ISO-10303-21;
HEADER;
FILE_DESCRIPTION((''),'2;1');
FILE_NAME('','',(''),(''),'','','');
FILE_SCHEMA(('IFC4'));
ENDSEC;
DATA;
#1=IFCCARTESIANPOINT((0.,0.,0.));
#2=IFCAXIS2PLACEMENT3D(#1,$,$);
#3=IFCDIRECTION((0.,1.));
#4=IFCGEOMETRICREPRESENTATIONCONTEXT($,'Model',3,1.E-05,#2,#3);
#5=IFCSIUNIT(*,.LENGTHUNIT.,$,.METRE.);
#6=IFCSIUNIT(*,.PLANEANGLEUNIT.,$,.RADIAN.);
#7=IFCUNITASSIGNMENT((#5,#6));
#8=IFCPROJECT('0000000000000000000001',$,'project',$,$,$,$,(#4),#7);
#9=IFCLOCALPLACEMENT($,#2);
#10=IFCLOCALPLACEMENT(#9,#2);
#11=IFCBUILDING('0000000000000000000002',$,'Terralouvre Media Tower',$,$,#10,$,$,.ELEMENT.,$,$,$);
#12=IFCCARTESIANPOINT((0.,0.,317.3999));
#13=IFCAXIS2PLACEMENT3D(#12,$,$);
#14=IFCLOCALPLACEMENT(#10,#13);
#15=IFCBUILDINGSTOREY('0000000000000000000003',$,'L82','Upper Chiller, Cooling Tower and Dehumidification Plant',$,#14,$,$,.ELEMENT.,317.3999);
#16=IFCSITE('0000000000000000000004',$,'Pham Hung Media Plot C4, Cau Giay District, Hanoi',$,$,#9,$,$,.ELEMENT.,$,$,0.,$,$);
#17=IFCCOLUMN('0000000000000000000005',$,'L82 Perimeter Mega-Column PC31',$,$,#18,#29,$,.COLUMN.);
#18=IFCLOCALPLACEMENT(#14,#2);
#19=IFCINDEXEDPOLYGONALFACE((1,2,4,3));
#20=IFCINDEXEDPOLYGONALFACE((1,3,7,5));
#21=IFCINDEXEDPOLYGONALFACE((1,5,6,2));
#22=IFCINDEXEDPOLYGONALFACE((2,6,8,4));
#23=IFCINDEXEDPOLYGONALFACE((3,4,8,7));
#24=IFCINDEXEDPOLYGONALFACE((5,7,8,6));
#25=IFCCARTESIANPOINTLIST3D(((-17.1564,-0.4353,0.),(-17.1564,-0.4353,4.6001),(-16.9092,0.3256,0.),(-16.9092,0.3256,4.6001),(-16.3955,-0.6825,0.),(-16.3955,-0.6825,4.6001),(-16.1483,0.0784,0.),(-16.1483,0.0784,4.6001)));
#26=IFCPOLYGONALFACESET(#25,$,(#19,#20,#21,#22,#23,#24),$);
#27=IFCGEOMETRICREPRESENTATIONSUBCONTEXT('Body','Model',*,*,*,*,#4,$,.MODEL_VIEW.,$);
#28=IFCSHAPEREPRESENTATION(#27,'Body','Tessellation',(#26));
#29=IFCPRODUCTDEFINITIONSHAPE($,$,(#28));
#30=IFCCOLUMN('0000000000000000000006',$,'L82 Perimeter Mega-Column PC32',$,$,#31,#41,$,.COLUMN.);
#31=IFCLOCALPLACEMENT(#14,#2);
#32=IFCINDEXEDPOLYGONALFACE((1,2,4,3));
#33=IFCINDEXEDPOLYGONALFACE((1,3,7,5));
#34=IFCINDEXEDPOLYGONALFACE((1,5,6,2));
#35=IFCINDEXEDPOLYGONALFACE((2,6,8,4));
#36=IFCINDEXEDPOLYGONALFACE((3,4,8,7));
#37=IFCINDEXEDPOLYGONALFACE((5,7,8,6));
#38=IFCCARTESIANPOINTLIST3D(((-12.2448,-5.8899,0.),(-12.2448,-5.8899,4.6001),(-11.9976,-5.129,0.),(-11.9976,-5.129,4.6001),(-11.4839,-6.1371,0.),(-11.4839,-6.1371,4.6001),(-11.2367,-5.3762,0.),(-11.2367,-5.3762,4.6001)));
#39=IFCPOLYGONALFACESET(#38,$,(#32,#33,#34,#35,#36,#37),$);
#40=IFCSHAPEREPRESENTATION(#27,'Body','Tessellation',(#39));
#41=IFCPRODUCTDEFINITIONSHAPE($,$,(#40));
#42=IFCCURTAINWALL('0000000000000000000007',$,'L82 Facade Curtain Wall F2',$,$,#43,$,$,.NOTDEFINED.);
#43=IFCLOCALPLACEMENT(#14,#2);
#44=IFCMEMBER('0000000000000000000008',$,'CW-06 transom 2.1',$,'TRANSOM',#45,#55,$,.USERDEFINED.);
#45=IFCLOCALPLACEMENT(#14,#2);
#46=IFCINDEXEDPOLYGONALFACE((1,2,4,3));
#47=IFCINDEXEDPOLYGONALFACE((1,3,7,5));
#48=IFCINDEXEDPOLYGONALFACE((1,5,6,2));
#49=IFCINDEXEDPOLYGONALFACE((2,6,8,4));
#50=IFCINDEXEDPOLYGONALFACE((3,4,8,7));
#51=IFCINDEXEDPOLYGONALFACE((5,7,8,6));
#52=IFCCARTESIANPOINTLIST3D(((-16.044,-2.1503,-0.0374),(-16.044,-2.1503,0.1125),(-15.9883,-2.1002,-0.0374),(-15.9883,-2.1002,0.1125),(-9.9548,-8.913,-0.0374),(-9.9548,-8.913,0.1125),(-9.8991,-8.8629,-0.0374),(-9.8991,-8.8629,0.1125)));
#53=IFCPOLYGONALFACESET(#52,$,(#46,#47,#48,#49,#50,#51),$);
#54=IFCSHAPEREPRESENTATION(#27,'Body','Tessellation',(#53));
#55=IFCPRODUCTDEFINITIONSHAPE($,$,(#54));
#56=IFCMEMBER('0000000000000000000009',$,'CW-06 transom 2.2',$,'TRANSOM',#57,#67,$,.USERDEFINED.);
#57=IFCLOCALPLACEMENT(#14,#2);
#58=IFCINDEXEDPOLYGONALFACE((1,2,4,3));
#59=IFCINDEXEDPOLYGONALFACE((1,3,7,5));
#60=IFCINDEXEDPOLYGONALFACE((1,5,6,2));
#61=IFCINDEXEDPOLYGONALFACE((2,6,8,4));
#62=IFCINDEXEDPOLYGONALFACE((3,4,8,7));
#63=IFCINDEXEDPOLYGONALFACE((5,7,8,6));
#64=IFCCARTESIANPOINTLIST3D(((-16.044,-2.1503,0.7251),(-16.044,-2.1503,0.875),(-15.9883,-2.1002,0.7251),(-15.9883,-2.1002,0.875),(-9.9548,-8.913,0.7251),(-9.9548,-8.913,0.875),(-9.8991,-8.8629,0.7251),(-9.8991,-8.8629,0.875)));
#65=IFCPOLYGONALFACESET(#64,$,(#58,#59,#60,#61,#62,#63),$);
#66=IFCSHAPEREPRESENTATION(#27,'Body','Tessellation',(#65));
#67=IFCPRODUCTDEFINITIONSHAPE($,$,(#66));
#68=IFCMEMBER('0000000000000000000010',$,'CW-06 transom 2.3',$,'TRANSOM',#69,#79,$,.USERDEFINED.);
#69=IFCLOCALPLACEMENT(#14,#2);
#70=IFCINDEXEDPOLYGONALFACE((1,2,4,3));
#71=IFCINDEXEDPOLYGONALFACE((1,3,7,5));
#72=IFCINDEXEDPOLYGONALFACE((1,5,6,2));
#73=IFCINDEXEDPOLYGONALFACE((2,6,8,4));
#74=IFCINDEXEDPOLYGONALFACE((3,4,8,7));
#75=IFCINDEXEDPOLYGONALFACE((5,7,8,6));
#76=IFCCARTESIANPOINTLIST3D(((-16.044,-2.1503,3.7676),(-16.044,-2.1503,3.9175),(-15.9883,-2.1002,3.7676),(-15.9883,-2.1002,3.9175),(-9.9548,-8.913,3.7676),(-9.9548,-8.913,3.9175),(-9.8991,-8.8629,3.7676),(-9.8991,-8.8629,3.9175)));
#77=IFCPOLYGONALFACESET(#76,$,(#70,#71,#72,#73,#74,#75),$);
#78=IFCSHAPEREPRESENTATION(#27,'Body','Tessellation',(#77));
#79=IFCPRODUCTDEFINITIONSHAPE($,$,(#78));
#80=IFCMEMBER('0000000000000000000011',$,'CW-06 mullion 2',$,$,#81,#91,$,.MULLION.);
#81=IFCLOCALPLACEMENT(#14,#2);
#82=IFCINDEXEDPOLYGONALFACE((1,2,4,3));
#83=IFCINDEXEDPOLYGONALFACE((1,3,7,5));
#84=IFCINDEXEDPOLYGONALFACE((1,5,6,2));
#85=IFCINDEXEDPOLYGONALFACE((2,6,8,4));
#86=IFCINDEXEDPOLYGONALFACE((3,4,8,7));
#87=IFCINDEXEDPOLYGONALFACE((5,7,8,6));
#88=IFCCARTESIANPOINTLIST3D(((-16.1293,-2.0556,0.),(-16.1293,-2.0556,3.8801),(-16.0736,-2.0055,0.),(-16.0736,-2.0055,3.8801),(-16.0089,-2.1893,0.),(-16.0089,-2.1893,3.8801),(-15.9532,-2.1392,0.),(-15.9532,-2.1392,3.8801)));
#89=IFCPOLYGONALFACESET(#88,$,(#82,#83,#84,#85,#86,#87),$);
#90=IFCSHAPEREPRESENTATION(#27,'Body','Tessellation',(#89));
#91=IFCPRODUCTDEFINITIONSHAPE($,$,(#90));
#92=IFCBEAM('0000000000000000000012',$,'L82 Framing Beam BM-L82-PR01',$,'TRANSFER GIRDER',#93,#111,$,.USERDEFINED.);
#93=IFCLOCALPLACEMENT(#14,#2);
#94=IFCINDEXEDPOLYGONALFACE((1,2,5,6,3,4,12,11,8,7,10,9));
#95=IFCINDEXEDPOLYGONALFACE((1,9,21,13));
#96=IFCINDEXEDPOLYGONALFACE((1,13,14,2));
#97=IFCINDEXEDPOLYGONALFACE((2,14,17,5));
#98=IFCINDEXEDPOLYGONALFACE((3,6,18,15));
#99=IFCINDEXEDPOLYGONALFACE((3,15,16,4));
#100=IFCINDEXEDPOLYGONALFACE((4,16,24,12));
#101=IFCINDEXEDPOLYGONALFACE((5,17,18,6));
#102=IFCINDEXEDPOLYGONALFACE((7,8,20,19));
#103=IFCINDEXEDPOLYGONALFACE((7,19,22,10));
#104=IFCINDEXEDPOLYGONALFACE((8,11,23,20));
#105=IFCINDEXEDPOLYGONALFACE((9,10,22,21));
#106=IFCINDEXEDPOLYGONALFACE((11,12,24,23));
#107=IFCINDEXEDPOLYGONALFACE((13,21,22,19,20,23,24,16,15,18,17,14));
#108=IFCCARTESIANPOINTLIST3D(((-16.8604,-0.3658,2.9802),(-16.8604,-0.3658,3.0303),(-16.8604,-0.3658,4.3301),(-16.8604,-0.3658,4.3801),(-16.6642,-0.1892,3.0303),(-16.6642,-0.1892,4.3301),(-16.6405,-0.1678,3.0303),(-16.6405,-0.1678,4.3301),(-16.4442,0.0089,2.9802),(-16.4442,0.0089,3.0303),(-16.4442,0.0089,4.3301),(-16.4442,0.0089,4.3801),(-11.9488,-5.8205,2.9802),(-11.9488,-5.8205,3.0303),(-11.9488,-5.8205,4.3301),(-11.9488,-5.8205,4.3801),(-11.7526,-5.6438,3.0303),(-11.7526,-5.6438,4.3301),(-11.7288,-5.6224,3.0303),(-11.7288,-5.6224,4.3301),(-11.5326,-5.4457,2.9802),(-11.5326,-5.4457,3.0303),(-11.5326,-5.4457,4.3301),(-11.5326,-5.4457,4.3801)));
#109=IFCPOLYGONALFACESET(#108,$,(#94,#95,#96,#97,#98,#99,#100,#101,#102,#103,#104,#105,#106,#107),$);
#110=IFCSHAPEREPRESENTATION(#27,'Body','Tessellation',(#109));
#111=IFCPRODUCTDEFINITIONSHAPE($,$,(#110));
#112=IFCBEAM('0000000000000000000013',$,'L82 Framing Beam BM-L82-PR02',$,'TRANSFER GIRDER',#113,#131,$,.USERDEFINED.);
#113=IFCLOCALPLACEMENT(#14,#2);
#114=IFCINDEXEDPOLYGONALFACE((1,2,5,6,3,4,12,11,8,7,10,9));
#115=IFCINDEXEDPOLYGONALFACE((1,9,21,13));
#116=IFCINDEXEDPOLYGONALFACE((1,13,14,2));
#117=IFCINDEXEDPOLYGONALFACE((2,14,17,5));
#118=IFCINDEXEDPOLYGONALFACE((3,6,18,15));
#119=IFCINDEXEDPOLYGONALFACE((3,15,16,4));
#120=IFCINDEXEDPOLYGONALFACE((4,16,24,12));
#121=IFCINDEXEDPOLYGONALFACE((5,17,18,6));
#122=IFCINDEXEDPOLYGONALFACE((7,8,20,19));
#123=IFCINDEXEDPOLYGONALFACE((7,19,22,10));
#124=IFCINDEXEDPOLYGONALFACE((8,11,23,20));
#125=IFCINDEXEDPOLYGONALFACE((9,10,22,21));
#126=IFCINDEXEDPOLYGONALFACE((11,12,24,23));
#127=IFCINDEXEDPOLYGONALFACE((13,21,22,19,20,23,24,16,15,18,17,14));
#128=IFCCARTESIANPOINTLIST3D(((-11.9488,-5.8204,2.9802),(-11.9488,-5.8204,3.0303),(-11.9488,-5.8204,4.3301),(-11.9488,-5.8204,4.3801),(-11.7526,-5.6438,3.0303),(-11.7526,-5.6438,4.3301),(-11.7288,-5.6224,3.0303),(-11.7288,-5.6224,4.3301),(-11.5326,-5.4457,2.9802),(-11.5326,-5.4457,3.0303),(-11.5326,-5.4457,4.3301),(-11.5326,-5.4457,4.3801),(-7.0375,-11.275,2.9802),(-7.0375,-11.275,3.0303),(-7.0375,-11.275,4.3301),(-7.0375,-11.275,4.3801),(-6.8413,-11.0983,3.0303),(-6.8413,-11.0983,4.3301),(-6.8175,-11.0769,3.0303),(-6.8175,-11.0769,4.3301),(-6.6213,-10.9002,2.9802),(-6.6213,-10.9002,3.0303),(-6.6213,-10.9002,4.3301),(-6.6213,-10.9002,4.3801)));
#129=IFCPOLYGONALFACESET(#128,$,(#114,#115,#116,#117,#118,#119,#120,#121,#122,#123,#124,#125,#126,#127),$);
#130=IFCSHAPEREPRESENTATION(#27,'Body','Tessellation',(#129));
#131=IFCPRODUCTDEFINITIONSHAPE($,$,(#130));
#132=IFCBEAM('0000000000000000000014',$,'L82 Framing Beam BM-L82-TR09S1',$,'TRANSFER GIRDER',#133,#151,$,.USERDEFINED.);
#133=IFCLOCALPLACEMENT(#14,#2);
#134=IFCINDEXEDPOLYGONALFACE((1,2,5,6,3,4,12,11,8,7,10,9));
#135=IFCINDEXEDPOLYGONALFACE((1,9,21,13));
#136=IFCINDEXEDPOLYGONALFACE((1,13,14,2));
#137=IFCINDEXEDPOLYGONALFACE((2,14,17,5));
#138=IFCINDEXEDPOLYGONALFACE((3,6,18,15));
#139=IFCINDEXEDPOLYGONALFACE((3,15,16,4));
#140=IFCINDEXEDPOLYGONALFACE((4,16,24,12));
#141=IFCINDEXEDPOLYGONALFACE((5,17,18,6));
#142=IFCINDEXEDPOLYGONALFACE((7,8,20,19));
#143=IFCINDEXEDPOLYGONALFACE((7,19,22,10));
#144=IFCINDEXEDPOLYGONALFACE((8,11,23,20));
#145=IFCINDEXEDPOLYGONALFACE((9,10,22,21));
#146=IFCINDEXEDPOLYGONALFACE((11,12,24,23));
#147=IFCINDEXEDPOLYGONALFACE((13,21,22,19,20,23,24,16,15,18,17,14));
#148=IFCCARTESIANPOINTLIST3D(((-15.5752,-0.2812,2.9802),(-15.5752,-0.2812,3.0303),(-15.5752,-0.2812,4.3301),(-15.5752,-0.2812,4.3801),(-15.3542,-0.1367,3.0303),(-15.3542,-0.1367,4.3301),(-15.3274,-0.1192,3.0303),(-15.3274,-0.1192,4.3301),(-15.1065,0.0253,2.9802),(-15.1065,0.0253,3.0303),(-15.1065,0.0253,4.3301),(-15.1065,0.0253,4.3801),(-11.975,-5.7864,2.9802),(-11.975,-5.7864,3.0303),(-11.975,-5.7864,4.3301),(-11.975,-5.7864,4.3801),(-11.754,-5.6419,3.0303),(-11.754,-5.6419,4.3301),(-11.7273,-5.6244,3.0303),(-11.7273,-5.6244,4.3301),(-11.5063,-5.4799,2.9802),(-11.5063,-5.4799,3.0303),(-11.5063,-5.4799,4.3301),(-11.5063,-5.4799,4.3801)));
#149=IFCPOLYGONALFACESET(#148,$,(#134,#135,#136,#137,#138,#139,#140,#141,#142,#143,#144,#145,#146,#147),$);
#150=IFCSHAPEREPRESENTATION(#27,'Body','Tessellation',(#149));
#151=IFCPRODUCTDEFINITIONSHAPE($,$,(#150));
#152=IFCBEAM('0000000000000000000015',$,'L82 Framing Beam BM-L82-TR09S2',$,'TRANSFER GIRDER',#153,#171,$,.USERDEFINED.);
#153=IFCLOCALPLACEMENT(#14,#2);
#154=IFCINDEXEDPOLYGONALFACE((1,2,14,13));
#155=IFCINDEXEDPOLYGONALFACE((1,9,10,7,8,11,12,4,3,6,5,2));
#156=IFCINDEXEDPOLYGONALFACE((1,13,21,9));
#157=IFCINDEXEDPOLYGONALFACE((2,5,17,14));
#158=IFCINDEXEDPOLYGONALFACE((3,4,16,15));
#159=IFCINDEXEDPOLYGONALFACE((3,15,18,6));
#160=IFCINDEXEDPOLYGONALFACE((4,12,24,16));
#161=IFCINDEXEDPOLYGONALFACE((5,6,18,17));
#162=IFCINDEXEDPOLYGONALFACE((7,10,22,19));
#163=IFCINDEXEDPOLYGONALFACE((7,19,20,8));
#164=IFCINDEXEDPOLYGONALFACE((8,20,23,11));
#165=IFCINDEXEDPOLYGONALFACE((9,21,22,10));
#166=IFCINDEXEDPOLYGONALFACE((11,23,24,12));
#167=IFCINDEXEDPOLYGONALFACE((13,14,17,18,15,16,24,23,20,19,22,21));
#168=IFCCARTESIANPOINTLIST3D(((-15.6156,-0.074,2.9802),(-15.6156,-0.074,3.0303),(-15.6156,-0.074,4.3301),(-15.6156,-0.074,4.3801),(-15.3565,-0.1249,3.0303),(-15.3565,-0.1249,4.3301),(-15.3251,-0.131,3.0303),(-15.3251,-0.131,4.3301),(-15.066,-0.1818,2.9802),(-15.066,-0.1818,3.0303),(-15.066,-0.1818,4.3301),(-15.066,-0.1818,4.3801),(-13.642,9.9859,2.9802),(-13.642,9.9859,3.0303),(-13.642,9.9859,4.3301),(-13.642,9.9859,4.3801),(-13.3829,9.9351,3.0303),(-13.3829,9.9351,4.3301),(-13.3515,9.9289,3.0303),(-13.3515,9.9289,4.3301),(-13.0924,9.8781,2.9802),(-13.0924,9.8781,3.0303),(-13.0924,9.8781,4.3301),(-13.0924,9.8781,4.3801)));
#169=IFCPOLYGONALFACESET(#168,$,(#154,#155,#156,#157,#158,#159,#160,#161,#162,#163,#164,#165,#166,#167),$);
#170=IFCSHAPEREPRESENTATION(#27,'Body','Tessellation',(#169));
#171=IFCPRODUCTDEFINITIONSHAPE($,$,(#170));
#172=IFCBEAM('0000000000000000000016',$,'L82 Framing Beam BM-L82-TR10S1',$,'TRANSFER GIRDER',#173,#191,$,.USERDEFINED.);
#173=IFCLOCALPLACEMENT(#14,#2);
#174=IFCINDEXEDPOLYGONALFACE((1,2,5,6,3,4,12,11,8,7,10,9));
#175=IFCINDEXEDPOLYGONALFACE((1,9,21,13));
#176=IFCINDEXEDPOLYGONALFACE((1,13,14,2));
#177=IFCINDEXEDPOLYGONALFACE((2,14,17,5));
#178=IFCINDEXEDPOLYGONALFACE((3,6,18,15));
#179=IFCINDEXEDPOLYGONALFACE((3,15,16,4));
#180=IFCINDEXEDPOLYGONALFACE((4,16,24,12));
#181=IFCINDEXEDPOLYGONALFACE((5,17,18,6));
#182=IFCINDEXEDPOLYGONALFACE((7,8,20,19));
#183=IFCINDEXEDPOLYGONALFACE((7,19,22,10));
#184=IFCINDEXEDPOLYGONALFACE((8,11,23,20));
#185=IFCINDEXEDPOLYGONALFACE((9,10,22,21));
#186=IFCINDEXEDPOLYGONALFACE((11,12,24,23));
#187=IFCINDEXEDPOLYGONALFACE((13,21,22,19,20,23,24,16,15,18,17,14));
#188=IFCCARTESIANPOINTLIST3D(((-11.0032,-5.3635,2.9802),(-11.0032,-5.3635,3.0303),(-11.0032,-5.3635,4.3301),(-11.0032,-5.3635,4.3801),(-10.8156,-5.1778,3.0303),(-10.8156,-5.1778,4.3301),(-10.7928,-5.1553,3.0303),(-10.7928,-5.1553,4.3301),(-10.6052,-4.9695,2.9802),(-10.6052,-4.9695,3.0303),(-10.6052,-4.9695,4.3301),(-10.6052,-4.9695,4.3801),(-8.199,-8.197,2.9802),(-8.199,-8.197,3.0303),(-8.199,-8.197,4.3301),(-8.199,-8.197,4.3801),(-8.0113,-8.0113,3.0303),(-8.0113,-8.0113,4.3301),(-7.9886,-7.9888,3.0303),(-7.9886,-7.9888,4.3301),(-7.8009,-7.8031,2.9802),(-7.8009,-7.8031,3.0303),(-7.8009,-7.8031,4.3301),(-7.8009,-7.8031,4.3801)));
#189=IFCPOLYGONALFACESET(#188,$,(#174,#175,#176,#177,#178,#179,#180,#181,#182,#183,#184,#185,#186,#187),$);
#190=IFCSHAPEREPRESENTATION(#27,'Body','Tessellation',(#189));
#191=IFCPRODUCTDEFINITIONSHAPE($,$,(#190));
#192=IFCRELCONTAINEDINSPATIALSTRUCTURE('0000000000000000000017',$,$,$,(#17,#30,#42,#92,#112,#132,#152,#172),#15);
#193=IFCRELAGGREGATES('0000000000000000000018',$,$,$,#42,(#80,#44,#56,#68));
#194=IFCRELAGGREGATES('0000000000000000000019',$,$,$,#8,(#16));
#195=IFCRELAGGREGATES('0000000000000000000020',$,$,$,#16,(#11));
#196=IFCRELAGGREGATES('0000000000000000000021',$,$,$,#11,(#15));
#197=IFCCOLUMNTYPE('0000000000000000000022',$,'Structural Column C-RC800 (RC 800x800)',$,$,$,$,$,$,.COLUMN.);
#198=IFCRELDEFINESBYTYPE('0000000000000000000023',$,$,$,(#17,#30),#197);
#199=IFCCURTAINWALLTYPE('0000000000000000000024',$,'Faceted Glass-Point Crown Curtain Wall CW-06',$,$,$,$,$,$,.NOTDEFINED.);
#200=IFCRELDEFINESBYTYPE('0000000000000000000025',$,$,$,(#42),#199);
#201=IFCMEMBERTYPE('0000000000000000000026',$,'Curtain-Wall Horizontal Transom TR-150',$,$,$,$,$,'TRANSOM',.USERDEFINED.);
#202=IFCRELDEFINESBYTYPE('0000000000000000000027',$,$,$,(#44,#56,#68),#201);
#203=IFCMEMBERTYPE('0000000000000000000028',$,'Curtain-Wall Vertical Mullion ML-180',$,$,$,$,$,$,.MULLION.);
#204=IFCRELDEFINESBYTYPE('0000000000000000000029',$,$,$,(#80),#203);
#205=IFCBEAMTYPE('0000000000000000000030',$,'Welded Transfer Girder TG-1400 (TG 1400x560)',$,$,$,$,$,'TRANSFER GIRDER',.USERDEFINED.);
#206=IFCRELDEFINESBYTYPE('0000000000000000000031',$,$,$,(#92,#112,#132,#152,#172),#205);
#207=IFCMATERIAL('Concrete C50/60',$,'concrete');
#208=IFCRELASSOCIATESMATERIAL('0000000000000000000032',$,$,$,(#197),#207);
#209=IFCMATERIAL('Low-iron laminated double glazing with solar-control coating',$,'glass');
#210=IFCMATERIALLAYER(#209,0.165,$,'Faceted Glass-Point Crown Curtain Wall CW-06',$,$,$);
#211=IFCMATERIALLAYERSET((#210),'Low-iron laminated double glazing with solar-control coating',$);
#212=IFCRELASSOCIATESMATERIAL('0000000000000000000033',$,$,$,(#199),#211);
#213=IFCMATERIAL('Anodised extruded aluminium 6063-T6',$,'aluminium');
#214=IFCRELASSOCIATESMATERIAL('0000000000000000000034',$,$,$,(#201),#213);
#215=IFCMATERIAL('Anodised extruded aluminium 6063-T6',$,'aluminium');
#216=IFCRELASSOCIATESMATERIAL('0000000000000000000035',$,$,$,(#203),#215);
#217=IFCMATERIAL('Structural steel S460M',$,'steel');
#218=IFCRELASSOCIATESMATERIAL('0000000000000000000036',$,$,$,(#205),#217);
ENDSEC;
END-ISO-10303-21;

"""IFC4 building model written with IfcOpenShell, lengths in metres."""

from ifc_helpers import new_model, si_unit, direction, frame, origin, origin_2d, place, context, subcontext, project, spatial, rectangle, i_section, extrude, material, layer, layer_set, material_profile, profile_set, type_object, element, aggregate, save


model = new_model("IFC4")

# Units and contexts
model_context = context("Model", 3, precision=1e-05, world=origin(), true_north=direction((0.0, 1.0)))
body_context = subcontext(model_context, "Body", "Model", "MODEL_VIEW")
ifc_project = project(units=[si_unit("LENGTHUNIT", "METRE"), si_unit("PLANEANGLEUNIT", "RADIAN")], contexts=[model_context])

# Site, building, storey
site_placement = place(None, origin())
site = spatial("IfcSite", under=ifc_project, at=site_placement, Name="Pham Hung Media Plot C4, Cau Giay District, Hanoi", CompositionType="ELEMENT", RefElevation=0.0)
building_placement = place(site_placement, origin())
building = spatial("IfcBuilding", under=site, at=building_placement, Name="Terralouvre Media Tower", CompositionType="ELEMENT")
storey_placement = place(building_placement, frame((0.0, 0.0, 317.3999)))
storey = spatial("IfcBuildingStorey", under=building, at=storey_placement, Name="L82", Description="Upper Chiller, Cooling Tower and Dehumidification Plant", CompositionType="ELEMENT", Elevation=317.3999)

# Columns
ifc_material_1 = material(Name="Concrete C50/60", Category="concrete")
ifc_material_profile_1 = material_profile(ifc_material_1, rectangle(XDim=0.8, YDim=0.8, at=origin_2d()), Name="RC 800x800")
ifc_profile_set_1 = profile_set([ifc_material_profile_1], Name="Concrete C50/60")
column_type = type_object("IfcColumnType", Name="Structural Column C-RC800 (RC 800x800)", PredefinedType="COLUMN", material=ifc_profile_set_1)
for number, where, z_axis, x_axis, name in (
    (1, (-16.6523, -0.1785, 0.0), (0.0, 0.0, 1.0), (0.309017, 0.951057, 0.0), "L82 Perimeter Mega-Column PC31"),
    (2, (-11.7407, -5.6331, 0.0), (0.0, 0.0, 1.0), (0.309017, 0.951057, 0.0), "L82 Perimeter Mega-Column PC32"),
):
    element("IfcColumn", number, at=place(storey_placement, frame(where, z_axis=z_axis, x_axis=x_axis)), inside=storey, type_object=column_type, Name=name, PredefinedType="COLUMN", context=body_context, shape_type="SweptSolid", body=[
        extrude(rectangle(XDim=0.8, YDim=0.8, at=origin_2d()), origin(), (0.0, 0.0, 1.0), 4.6001),
    ])

# Curtain wall, members
ifc_material_2 = material(Name="Low-iron laminated double glazing with solar-control coating", Category="glass")
ifc_layer_1 = layer(ifc_material_2, 0.165, Name="Faceted Glass-Point Crown Curtain Wall CW-06")
ifc_layer_set_1 = layer_set([ifc_layer_1], Name="Low-iron laminated double glazing with solar-control coating")
curtain_wall_type = type_object("IfcCurtainWallType", Name="Faceted Glass-Point Crown Curtain Wall CW-06", PredefinedType="NOTDEFINED", material=ifc_layer_set_1)
curtain_wall_placement = place(storey_placement, origin())
curtain_wall = element("IfcCurtainWall", 3, at=curtain_wall_placement, inside=storey, type_object=curtain_wall_type, Name="L82 Facade Curtain Wall F2", PredefinedType="NOTDEFINED")
ifc_material_3 = material(Name="Anodised extruded aluminium 6063-T6", Category="aluminium")
ifc_material_profile_2 = material_profile(ifc_material_3, rectangle(XDim=0.075, YDim=0.1499, at=origin_2d()), Name="ALU 75x150")
ifc_profile_set_2 = profile_set([ifc_material_profile_2], Name="Anodised extruded aluminium 6063-T6")
member_type_1 = type_object("IfcMemberType", Name="Curtain-Wall Horizontal Transom TR-150", ElementType="TRANSOM", PredefinedType="USERDEFINED", material=ifc_profile_set_2)
member_1_placement = place(storey_placement, frame((-16.0161, -2.1252, 0.0376), z_axis=(0.669128, -0.743147, 0.0), x_axis=(0.743147, 0.669128, 0.0)))
member_1 = element("IfcMember", 4, at=member_1_placement, type_object=member_type_1, Name="CW-06 transom 2.1", ObjectType="TRANSOM", PredefinedType="USERDEFINED", context=body_context, shape_type="SweptSolid", body=[
    extrude(rectangle(XDim=0.075, YDim=0.1499, at=origin_2d()), origin(), (0.0, 0.0, 1.0), 9.1001),
])
member_2_placement = place(storey_placement, frame((-16.0161, -2.1252, 0.8), z_axis=(0.669128, -0.743147, 0.0), x_axis=(0.743147, 0.669128, 0.0)))
member_2 = element("IfcMember", 5, at=member_2_placement, type_object=member_type_1, Name="CW-06 transom 2.2", ObjectType="TRANSOM", PredefinedType="USERDEFINED", context=body_context, shape_type="SweptSolid", body=[
    extrude(rectangle(XDim=0.075, YDim=0.1499, at=origin_2d()), origin(), (0.0, 0.0, 1.0), 9.1001),
])
member_3_placement = place(storey_placement, frame((-16.0161, -2.1252, 3.8425), z_axis=(0.669128, -0.743147, 0.0), x_axis=(0.743147, 0.669128, 0.0)))
member_3 = element("IfcMember", 6, at=member_3_placement, type_object=member_type_1, Name="CW-06 transom 2.3", ObjectType="TRANSOM", PredefinedType="USERDEFINED", context=body_context, shape_type="SweptSolid", body=[
    extrude(rectangle(XDim=0.075, YDim=0.1499, at=origin_2d()), origin(), (0.0, 0.0, 1.0), 9.1001),
])
ifc_material_4 = material(Name="Anodised extruded aluminium 6063-T6", Category="aluminium")
ifc_material_profile_3 = material_profile(ifc_material_4, rectangle(XDim=0.075, YDim=0.1799, at=origin_2d()), Name="ALU 75x180")
ifc_profile_set_3 = profile_set([ifc_material_profile_3], Name="Anodised extruded aluminium 6063-T6")
member_type_2 = type_object("IfcMemberType", Name="Curtain-Wall Vertical Mullion ML-180", PredefinedType="MULLION", material=ifc_profile_set_3)
member_4_placement = place(storey_placement, frame((-16.0413, -2.0974, 0.0), z_axis=(0.0, 0.0, 1.0), x_axis=(0.743145, 0.66913, 0.0)))
member_4 = element("IfcMember", 7, at=member_4_placement, type_object=member_type_2, Name="CW-06 mullion 2", PredefinedType="MULLION", context=body_context, shape_type="SweptSolid", body=[
    extrude(rectangle(XDim=0.075, YDim=0.1799, at=origin_2d()), origin(), (0.0, 0.0, 1.0), 3.8801),
])

# Beams
ifc_material_5 = material(Name="Structural steel S460M", Category="steel")
ifc_material_profile_4 = material_profile(ifc_material_5, i_section(OverallWidth=0.5601, OverallDepth=1.3999, WebThickness=0.032, FlangeThickness=0.05, at=origin_2d()), Name="TG 1400x560")
ifc_profile_set_4 = profile_set([ifc_material_profile_4], Name="Structural steel S460M")
beam_type = type_object("IfcBeamType", Name="Welded Transfer Girder TG-1400 (TG 1400x560)", ElementType="TRANSFER GIRDER", PredefinedType="USERDEFINED", material=ifc_profile_set_4)
beam_1_placement = place(storey_placement, frame((-16.6523, -0.1785, 3.6802), z_axis=(0.669152, -0.743125, 0.0), x_axis=(0.743125, 0.669152, 0.0)))
element("IfcBeam", 8, at=beam_1_placement, inside=storey, type_object=beam_type, Name="L82 Framing Beam BM-L82-PR01", ObjectType="TRANSFER GIRDER", PredefinedType="USERDEFINED", context=body_context, shape_type="SweptSolid", body=[
    extrude(i_section(OverallWidth=0.5601, OverallDepth=1.3999, WebThickness=0.032, FlangeThickness=0.05, at=origin_2d()), origin(), (0.0, 0.0, 1.0), 7.3401),
])
beam_2_placement = place(storey_placement, frame((-11.7407, -5.6331, 3.6802), z_axis=(0.669134, -0.743142, 0.0), x_axis=(0.743142, 0.669134, 0.0)))
element("IfcBeam", 9, at=beam_2_placement, inside=storey, type_object=beam_type, Name="L82 Framing Beam BM-L82-PR02", ObjectType="TRANSFER GIRDER", PredefinedType="USERDEFINED", context=body_context, shape_type="SweptSolid", body=[
    extrude(i_section(OverallWidth=0.5601, OverallDepth=1.3999, WebThickness=0.032, FlangeThickness=0.05, at=origin_2d()), origin(), (0.0, 0.0, 1.0), 7.3398),
])
beam_3_placement = place(storey_placement, frame((-15.3408, -0.1279, 3.6802), z_axis=(0.547312, -0.836928, 0.0), x_axis=(0.836928, 0.547312, 0.0)))
element("IfcBeam", 10, at=beam_3_placement, inside=storey, type_object=beam_type, Name="L82 Framing Beam BM-L82-TR09S1", ObjectType="TRANSFER GIRDER", PredefinedType="USERDEFINED", context=body_context, shape_type="SweptSolid", body=[
    extrude(i_section(OverallWidth=0.5601, OverallDepth=1.3999, WebThickness=0.032, FlangeThickness=0.05, at=origin_2d()), origin(), (0.0, 0.0, 1.0), 6.5779),
])
beam_4_placement = place(storey_placement, frame((-15.3408, -0.1279, 3.6802), z_axis=(0.192515, 0.981294, 0.0), x_axis=(-0.981294, 0.192515, 0.0)))
element("IfcBeam", 11, at=beam_4_placement, inside=storey, type_object=beam_type, Name="L82 Framing Beam BM-L82-TR09S2", ObjectType="TRANSFER GIRDER", PredefinedType="USERDEFINED", context=body_context, shape_type="SweptSolid", body=[
    extrude(i_section(OverallWidth=0.5601, OverallDepth=1.3999, WebThickness=0.032, FlangeThickness=0.05, at=origin_2d()), origin(), (0.0, 0.0, 1.0), 10.2517),
])
beam_5_placement = place(storey_placement, frame((-10.8042, -5.1665, 3.6802), z_axis=(0.703423, -0.710772, 0.0), x_axis=(0.710772, 0.703423, 0.0)))
element("IfcBeam", 12, at=beam_5_placement, inside=storey, type_object=beam_type, Name="L82 Framing Beam BM-L82-TR10S1", ObjectType="TRANSFER GIRDER", PredefinedType="USERDEFINED", context=body_context, shape_type="SweptSolid", body=[
    extrude(i_section(OverallWidth=0.5601, OverallDepth=1.3999, WebThickness=0.032, FlangeThickness=0.05, at=origin_2d()), origin(), (0.0, 0.0, 1.0), 3.9866),
])

aggregate(curtain_wall, [member_4, member_1, member_2, member_3])

save(model, "model.ifc")
